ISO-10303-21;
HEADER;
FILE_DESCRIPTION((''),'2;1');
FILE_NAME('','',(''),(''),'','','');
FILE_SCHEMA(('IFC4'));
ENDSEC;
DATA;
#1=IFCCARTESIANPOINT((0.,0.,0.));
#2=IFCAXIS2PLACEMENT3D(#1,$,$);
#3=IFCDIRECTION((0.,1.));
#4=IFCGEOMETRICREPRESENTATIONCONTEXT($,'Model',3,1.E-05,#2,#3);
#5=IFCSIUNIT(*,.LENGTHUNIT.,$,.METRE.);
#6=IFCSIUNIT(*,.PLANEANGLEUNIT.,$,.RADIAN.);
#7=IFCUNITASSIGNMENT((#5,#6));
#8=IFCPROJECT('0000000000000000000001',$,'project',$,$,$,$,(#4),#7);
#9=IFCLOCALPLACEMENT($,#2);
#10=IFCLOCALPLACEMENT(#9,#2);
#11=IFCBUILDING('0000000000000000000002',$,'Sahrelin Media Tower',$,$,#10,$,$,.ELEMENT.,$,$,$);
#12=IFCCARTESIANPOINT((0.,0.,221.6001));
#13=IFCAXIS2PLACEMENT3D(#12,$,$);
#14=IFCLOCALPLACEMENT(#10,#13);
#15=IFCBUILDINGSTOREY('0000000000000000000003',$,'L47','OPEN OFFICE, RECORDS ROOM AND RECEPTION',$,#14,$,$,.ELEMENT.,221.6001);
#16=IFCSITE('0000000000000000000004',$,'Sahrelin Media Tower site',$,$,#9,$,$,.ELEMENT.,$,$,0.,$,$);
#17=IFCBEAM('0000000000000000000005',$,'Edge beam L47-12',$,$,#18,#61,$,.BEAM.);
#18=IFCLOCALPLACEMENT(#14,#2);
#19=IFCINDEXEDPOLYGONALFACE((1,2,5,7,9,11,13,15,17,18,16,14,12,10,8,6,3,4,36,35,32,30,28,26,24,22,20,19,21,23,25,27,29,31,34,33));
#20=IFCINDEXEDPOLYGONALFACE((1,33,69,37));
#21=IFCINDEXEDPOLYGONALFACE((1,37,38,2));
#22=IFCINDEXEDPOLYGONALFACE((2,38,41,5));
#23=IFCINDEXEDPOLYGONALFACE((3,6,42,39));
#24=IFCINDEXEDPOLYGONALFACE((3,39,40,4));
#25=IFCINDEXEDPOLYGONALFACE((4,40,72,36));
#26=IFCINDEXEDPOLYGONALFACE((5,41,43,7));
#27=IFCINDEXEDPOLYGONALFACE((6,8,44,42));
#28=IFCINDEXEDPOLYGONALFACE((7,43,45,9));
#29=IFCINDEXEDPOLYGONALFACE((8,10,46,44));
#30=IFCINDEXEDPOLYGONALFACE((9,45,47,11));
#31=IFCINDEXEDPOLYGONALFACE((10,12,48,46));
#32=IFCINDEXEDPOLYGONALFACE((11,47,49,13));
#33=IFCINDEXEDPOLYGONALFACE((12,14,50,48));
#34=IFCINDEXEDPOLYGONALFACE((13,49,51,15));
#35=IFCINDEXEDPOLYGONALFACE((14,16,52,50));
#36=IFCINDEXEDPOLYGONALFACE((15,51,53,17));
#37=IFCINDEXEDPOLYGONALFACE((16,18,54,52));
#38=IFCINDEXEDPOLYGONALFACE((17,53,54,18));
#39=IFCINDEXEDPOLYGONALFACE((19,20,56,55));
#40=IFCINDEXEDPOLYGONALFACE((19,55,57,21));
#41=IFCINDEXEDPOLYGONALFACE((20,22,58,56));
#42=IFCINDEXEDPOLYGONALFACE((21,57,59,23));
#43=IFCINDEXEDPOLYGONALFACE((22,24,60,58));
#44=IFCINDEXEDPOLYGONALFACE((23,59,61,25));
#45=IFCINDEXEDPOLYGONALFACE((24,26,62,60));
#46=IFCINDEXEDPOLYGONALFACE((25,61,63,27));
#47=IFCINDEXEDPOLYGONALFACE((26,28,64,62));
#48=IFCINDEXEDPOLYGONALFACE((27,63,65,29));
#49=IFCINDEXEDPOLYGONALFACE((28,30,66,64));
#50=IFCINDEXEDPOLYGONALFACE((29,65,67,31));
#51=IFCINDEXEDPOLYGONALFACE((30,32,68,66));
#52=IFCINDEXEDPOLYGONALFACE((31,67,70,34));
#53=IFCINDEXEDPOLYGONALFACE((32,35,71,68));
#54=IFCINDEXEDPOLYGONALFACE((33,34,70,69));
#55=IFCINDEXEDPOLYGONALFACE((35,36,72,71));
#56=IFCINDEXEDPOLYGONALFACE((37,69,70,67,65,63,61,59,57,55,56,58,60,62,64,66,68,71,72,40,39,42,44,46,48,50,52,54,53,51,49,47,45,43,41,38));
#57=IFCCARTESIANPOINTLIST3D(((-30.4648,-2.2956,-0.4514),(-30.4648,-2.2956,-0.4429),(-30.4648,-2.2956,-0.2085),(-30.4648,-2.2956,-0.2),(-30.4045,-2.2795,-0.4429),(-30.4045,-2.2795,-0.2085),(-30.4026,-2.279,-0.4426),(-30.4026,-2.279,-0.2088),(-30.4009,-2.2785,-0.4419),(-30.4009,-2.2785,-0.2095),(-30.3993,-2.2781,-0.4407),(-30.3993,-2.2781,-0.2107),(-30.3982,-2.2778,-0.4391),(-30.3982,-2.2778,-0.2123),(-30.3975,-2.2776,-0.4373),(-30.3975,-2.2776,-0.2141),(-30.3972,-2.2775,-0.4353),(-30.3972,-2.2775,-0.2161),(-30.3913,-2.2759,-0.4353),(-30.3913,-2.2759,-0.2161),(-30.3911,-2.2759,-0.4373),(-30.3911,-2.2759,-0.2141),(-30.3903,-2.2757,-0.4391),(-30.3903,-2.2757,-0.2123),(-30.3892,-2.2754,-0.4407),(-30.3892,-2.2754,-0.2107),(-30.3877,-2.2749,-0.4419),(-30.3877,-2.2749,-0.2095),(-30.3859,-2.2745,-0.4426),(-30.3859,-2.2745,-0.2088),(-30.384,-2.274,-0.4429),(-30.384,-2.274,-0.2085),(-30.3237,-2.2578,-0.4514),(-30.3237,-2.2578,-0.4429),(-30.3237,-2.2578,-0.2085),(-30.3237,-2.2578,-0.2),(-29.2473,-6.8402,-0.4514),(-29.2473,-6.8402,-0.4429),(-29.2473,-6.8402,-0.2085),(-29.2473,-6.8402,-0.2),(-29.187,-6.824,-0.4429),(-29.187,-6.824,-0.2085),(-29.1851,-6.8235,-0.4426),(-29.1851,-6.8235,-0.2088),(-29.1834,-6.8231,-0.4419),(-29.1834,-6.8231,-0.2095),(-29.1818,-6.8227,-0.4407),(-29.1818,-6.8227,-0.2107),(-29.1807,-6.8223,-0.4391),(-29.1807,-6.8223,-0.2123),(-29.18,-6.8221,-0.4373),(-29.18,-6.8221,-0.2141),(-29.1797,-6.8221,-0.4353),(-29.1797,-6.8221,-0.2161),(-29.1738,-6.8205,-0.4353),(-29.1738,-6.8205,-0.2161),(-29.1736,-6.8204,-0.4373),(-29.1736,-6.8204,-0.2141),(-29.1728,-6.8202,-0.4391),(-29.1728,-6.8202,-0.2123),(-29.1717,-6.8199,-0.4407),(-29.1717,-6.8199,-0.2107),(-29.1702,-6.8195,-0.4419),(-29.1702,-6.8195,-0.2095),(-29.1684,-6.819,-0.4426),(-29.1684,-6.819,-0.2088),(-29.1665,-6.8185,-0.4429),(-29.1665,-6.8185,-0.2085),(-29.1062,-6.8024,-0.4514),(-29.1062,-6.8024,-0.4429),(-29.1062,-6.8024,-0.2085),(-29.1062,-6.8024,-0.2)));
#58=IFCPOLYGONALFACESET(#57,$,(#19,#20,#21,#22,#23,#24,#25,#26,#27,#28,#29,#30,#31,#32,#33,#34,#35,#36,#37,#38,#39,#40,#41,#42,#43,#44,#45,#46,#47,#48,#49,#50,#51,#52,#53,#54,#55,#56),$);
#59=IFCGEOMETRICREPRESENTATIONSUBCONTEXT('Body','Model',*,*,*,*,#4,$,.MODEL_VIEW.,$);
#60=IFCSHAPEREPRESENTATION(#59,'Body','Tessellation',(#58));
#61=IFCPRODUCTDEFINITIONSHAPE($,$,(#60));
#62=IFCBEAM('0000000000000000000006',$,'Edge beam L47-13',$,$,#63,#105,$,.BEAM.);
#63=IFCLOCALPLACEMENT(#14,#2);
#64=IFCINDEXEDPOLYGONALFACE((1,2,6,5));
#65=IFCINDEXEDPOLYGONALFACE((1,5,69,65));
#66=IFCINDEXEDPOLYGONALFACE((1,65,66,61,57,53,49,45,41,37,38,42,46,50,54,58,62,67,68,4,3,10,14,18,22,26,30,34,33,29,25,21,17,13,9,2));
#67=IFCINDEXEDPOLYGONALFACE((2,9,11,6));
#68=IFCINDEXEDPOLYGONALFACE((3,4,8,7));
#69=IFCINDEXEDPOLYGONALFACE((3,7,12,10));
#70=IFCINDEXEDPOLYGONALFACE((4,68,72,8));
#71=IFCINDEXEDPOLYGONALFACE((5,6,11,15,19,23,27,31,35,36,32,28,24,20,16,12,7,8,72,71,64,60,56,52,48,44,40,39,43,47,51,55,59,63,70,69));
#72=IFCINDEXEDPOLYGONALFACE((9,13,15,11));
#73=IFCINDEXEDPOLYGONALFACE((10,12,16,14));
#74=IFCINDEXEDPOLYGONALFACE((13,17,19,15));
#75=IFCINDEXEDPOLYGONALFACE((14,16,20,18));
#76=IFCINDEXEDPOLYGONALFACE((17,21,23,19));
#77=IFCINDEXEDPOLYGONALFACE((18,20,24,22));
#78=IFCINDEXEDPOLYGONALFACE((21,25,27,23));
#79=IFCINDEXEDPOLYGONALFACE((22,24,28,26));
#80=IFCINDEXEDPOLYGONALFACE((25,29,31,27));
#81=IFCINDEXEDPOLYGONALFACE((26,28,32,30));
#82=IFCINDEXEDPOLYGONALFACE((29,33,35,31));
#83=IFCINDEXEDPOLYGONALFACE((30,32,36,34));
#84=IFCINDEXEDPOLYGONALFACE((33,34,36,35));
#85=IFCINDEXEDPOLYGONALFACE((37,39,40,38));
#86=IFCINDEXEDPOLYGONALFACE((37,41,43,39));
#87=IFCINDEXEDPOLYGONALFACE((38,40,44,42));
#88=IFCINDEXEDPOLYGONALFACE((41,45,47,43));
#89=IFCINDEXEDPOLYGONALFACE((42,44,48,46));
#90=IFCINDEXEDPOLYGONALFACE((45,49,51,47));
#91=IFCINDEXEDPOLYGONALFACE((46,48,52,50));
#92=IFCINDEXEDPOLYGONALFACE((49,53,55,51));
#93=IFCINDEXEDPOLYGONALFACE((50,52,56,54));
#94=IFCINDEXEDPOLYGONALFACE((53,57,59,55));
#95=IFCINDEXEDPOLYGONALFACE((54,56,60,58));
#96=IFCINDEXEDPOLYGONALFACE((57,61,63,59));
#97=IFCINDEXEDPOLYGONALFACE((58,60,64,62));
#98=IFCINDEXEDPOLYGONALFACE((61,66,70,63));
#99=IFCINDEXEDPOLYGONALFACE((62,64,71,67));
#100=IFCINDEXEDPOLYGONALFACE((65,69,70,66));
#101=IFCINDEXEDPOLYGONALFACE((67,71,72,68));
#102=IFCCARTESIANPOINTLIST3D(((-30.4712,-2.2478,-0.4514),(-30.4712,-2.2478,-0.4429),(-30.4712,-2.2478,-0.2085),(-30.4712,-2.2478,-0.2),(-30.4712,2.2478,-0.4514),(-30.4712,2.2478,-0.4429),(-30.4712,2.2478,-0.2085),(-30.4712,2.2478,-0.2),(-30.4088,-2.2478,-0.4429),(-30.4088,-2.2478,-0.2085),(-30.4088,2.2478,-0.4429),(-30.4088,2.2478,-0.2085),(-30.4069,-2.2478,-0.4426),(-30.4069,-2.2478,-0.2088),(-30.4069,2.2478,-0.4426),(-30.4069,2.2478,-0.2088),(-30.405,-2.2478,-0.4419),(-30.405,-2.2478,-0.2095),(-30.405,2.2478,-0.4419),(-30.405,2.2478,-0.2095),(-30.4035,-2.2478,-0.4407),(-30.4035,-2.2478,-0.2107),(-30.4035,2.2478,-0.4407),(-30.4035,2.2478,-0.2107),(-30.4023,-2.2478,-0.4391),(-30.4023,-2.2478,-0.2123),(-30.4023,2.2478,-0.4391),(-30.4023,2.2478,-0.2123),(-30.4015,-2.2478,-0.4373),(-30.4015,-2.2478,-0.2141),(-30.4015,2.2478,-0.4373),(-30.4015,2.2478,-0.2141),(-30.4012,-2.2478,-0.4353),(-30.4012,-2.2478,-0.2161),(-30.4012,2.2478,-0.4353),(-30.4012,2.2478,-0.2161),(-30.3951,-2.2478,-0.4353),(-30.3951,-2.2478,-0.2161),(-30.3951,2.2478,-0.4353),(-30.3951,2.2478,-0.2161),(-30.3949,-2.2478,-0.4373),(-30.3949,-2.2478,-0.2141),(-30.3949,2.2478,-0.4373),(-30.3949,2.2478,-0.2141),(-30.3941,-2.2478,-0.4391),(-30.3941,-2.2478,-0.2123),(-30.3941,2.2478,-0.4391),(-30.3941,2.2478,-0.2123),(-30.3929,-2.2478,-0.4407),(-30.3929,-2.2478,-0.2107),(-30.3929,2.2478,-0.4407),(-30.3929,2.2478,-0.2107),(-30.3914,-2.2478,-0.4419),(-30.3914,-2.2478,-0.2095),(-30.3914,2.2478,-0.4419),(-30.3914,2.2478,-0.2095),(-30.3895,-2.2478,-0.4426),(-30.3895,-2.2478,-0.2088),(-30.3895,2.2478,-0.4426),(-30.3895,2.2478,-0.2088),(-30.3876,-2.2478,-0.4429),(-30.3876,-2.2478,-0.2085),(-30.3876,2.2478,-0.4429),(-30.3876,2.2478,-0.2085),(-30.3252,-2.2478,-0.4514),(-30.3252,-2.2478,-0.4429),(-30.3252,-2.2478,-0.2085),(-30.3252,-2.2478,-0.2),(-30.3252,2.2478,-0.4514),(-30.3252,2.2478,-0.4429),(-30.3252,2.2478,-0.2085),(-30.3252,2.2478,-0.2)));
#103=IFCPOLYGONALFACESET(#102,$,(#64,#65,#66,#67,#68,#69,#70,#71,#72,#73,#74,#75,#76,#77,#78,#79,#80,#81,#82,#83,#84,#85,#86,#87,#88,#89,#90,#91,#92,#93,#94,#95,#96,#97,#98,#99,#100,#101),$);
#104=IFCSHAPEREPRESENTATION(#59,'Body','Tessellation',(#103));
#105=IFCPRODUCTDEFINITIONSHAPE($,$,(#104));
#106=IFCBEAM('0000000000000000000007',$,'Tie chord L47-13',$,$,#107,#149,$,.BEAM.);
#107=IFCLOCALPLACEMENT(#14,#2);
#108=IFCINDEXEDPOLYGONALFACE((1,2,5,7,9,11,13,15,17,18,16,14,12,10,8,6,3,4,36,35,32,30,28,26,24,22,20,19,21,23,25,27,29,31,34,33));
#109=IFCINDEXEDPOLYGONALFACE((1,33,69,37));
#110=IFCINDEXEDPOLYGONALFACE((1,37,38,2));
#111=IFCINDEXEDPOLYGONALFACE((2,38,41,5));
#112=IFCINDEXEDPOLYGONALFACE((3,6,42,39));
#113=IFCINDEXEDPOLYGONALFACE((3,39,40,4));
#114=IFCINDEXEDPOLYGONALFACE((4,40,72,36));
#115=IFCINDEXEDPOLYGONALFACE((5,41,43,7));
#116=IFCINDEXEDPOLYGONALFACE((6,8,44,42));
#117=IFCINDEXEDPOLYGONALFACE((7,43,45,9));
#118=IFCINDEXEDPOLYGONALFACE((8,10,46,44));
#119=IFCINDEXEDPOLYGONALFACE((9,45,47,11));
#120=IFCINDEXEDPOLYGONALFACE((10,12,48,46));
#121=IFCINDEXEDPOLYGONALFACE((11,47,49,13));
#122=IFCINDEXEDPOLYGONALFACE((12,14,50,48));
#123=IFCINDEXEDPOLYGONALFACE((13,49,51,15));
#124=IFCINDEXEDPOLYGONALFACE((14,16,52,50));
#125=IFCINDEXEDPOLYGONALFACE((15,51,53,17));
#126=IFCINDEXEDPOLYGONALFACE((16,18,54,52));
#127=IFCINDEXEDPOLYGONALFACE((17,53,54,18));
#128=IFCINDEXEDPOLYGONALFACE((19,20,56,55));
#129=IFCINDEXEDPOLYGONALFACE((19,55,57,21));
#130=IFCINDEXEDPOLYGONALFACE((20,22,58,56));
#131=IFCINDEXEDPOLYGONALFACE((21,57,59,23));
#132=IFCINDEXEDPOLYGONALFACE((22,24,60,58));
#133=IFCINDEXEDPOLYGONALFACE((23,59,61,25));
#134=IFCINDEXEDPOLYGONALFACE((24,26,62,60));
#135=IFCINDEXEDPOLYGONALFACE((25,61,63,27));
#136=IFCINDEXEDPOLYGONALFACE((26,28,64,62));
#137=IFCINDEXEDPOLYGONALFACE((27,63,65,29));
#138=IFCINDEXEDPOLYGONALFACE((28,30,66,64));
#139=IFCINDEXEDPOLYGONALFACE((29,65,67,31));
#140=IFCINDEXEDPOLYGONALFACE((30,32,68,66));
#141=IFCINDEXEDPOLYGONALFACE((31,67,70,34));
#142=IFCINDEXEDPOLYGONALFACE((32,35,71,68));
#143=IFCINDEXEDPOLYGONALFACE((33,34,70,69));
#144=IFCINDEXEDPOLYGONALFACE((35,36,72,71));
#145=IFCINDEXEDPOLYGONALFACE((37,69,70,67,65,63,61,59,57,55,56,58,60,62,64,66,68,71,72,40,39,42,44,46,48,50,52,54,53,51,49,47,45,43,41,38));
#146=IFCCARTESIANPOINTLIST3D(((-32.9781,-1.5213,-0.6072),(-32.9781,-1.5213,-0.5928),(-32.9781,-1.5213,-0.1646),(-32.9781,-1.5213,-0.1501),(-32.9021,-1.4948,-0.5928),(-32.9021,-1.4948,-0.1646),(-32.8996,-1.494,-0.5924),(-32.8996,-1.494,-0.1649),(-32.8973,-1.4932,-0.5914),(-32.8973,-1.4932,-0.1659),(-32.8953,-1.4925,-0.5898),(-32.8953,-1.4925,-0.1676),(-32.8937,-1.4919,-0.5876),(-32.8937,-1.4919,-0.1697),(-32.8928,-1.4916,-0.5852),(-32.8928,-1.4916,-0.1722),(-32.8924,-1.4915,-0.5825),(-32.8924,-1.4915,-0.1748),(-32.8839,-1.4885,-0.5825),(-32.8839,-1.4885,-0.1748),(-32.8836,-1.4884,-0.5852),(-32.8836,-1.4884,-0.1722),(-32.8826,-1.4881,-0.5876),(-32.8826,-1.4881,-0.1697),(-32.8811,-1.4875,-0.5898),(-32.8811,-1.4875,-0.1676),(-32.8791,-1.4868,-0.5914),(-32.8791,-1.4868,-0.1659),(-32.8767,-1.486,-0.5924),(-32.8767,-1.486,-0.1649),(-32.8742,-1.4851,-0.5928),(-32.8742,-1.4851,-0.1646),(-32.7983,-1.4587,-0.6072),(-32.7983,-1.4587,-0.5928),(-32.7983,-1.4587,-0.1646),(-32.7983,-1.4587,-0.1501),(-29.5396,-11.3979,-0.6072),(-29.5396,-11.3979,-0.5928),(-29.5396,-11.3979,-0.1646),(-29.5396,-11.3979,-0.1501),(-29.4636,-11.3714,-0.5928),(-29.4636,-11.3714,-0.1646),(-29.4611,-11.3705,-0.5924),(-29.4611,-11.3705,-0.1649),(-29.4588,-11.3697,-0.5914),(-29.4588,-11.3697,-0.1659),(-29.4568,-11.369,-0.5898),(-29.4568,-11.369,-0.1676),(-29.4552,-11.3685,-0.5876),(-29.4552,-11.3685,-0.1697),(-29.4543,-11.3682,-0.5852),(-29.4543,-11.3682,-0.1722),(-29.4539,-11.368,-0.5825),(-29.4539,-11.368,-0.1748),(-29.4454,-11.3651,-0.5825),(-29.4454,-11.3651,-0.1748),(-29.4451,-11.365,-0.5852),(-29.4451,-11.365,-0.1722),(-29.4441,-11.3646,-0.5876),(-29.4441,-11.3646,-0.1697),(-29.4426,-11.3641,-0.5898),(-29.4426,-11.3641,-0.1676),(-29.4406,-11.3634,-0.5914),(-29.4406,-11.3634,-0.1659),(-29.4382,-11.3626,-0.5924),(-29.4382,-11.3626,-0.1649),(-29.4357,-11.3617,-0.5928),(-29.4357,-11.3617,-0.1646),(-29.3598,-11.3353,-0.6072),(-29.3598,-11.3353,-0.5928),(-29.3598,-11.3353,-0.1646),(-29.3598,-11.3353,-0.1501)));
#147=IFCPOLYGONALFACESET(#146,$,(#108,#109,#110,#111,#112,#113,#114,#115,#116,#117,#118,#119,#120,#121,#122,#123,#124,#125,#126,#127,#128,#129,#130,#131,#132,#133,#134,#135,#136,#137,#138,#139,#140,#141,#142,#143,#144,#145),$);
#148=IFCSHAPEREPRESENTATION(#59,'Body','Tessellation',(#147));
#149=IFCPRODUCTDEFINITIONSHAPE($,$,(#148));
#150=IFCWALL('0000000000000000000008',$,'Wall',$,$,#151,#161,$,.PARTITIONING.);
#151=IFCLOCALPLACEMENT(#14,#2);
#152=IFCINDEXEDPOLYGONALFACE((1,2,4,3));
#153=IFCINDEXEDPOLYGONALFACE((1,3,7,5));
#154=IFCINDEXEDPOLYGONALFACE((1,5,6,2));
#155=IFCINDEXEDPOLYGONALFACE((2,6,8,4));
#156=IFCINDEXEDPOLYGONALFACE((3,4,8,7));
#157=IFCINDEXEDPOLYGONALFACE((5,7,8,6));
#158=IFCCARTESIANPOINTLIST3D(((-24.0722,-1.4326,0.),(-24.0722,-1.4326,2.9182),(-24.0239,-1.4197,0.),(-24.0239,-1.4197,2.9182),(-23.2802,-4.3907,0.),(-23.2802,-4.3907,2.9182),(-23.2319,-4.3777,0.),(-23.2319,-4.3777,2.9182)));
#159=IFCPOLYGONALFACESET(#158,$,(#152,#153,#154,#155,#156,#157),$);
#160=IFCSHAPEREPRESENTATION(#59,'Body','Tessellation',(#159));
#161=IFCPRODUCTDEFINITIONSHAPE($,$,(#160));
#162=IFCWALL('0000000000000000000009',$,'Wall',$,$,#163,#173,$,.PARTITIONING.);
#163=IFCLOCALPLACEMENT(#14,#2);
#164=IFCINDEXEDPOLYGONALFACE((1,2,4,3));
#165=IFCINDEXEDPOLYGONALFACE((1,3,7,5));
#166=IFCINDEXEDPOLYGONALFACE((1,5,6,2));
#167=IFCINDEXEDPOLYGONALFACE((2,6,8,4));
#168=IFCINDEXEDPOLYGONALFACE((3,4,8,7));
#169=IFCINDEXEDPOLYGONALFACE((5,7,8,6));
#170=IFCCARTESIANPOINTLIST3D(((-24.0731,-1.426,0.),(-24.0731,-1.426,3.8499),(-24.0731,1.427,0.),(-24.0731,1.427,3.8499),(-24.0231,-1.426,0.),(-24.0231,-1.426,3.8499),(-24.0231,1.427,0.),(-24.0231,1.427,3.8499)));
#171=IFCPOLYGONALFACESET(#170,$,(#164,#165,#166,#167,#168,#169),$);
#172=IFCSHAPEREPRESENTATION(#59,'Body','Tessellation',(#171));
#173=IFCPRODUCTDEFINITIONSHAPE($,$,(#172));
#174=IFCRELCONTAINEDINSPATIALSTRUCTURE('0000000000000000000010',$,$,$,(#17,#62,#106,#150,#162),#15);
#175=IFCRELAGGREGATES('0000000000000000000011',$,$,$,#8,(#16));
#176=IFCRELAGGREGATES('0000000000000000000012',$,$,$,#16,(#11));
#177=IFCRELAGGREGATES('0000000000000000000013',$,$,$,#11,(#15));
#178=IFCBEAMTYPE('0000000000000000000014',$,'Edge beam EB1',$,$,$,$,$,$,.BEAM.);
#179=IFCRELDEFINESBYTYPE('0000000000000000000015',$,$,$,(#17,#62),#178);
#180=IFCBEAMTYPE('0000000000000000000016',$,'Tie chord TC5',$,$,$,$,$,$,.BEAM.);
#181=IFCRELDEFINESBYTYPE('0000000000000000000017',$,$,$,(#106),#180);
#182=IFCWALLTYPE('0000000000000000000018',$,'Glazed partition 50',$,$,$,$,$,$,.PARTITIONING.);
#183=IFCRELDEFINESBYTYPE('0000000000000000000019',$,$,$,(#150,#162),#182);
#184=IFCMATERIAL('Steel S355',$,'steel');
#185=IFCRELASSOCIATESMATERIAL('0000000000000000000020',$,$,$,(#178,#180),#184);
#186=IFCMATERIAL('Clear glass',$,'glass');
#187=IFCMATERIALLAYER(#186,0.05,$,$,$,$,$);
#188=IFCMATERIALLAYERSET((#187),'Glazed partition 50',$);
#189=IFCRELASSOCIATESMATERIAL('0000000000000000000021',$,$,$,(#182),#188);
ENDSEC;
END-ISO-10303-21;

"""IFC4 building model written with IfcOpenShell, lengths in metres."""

from ifc_helpers import new_model, si_unit, direction, frame, frame_2d, origin, origin_2d, place, context, subcontext, project, spatial, rectangle, i_section, extrude, material, layer, layer_set, material_profile, profile_set, type_object, element, save


model = new_model("IFC4")

# Units and contexts
model_context = context("Model", 3, precision=1e-05, world=origin(), true_north=direction((0.0, 1.0)))
body_context = subcontext(model_context, "Body", "Model", "MODEL_VIEW")
ifc_project = project(units=[si_unit("LENGTHUNIT", "METRE"), si_unit("PLANEANGLEUNIT", "RADIAN")], contexts=[model_context])

# Site, building, storey
site_placement = place(None, origin())
site = spatial("IfcSite", under=ifc_project, at=site_placement, Name="Sahrelin Media Tower site", CompositionType="ELEMENT", RefElevation=0.0)
building_placement = place(site_placement, origin())
building = spatial("IfcBuilding", under=site, at=building_placement, Name="Sahrelin Media Tower", CompositionType="ELEMENT")
storey_placement = place(building_placement, frame((0.0, 0.0, 221.6001)))
storey = spatial("IfcBuildingStorey", under=building, at=storey_placement, Name="L47", Description="OPEN OFFICE, RECORDS ROOM AND RECEPTION", CompositionType="ELEMENT", Elevation=221.6001)

# Beams
ifc_material_1 = material(Name="Steel S355", Category="steel")
ifc_material_profile_1 = material_profile(ifc_material_1, i_section(OverallWidth=0.146, OverallDepth=0.2515, WebThickness=0.0061, FlangeThickness=0.0085, FilletRadius=0.0076, at=origin_2d()), Name="UB 254x146x31")
ifc_profile_set_1 = profile_set([ifc_material_profile_1], Name="Steel S355")
beam_type_1 = type_object("IfcBeamType", Name="Edge beam EB1", PredefinedType="BEAM", material=ifc_profile_set_1)
beam_1_placement = place(storey_placement, frame((-29.1768, -6.8213, -0.3257), z_axis=(-0.258777, 0.965937, 0.0), x_axis=(-0.965937, -0.258777, 0.0)))
element("IfcBeam", 1, at=beam_1_placement, inside=storey, type_object=beam_type_1, Name="Edge beam L47-12", PredefinedType="BEAM", context=body_context, shape_type="SweptSolid", body=[
    extrude(i_section(OverallWidth=0.146, OverallDepth=0.2515, WebThickness=0.0061, FlangeThickness=0.0085, FilletRadius=0.0076, at=origin_2d()), origin(), (0.0, 0.0, 1.0), 4.7048),
])
beam_2_placement = place(storey_placement, frame((-30.3982, -2.2478, -0.3257), z_axis=(0.0, 1.0, 0.0), x_axis=(-1.0, 0.0, 0.0)))
element("IfcBeam", 2, at=beam_2_placement, inside=storey, type_object=beam_type_1, Name="Edge beam L47-13", PredefinedType="BEAM", context=body_context, shape_type="SweptSolid", body=[
    extrude(i_section(OverallWidth=0.146, OverallDepth=0.2515, WebThickness=0.0061, FlangeThickness=0.0085, FilletRadius=0.0076, at=origin_2d()), origin(), (0.0, 0.0, 1.0), 4.4956),
])
ifc_material_profile_2 = material_profile(ifc_material_1, i_section(OverallWidth=0.1904, OverallDepth=0.457, WebThickness=0.009, FlangeThickness=0.0144, FilletRadius=0.0103, at=origin_2d()), Name="UB 457x191x74")
ifc_profile_set_2 = profile_set([ifc_material_profile_2], Name="Steel S355")
beam_type_2 = type_object("IfcBeamType", Name="Tie chord TC5", PredefinedType="BEAM", material=ifc_profile_set_2)
beam_3_placement = place(storey_placement, frame((-32.8882, -1.49, -0.3787), z_axis=(0.328792, -0.944402, 0.0), x_axis=(0.944402, 0.328792, 0.0)))
element("IfcBeam", 3, at=beam_3_placement, inside=storey, type_object=beam_type_2, Name="Tie chord L47-13", PredefinedType="BEAM", context=body_context, shape_type="SweptSolid", body=[
    extrude(i_section(OverallWidth=0.1904, OverallDepth=0.457, WebThickness=0.009, FlangeThickness=0.0144, FilletRadius=0.0103, at=origin_2d()), origin(), (0.0, 0.0, 1.0), 10.458),
])

# Walls
ifc_material_2 = material(Name="Clear glass", Category="glass")
ifc_layer = layer(ifc_material_2, 0.05)
ifc_layer_set = layer_set([ifc_layer], Name="Glazed partition 50")
wall_type = type_object("IfcWallType", Name="Glazed partition 50", PredefinedType="PARTITIONING", material=ifc_layer_set)
wall_1_placement = place(storey_placement, frame((-24.0481, -1.426, 0.0), z_axis=(0.0, 0.0, 1.0), x_axis=(0.258635, -0.965975, 0.0)))
element("IfcWall", 4, at=wall_1_placement, inside=storey, type_object=wall_type, Name="Wall", PredefinedType="PARTITIONING", context=body_context, shape_type="SweptSolid", body=[
    extrude(rectangle(XDim=3.0623, YDim=0.05, at=frame_2d((1.5312, 0.0))), origin(), (0.0, 0.0, 1.0), 2.9182),
])
wall_2_placement = place(storey_placement, frame((-24.0481, -1.426, 0.0), z_axis=(0.0, 0.0, 1.0), x_axis=(0.0, 1.0, 0.0)))
element("IfcWall", 5, at=wall_2_placement, inside=storey, type_object=wall_type, Name="Wall", PredefinedType="PARTITIONING", context=body_context, shape_type="SweptSolid", body=[
    extrude(rectangle(XDim=2.853, YDim=0.05, at=frame_2d((1.4265, 0.0))), origin(), (0.0, 0.0, 1.0), 3.8499),
])

save(model, "model.ifc")
